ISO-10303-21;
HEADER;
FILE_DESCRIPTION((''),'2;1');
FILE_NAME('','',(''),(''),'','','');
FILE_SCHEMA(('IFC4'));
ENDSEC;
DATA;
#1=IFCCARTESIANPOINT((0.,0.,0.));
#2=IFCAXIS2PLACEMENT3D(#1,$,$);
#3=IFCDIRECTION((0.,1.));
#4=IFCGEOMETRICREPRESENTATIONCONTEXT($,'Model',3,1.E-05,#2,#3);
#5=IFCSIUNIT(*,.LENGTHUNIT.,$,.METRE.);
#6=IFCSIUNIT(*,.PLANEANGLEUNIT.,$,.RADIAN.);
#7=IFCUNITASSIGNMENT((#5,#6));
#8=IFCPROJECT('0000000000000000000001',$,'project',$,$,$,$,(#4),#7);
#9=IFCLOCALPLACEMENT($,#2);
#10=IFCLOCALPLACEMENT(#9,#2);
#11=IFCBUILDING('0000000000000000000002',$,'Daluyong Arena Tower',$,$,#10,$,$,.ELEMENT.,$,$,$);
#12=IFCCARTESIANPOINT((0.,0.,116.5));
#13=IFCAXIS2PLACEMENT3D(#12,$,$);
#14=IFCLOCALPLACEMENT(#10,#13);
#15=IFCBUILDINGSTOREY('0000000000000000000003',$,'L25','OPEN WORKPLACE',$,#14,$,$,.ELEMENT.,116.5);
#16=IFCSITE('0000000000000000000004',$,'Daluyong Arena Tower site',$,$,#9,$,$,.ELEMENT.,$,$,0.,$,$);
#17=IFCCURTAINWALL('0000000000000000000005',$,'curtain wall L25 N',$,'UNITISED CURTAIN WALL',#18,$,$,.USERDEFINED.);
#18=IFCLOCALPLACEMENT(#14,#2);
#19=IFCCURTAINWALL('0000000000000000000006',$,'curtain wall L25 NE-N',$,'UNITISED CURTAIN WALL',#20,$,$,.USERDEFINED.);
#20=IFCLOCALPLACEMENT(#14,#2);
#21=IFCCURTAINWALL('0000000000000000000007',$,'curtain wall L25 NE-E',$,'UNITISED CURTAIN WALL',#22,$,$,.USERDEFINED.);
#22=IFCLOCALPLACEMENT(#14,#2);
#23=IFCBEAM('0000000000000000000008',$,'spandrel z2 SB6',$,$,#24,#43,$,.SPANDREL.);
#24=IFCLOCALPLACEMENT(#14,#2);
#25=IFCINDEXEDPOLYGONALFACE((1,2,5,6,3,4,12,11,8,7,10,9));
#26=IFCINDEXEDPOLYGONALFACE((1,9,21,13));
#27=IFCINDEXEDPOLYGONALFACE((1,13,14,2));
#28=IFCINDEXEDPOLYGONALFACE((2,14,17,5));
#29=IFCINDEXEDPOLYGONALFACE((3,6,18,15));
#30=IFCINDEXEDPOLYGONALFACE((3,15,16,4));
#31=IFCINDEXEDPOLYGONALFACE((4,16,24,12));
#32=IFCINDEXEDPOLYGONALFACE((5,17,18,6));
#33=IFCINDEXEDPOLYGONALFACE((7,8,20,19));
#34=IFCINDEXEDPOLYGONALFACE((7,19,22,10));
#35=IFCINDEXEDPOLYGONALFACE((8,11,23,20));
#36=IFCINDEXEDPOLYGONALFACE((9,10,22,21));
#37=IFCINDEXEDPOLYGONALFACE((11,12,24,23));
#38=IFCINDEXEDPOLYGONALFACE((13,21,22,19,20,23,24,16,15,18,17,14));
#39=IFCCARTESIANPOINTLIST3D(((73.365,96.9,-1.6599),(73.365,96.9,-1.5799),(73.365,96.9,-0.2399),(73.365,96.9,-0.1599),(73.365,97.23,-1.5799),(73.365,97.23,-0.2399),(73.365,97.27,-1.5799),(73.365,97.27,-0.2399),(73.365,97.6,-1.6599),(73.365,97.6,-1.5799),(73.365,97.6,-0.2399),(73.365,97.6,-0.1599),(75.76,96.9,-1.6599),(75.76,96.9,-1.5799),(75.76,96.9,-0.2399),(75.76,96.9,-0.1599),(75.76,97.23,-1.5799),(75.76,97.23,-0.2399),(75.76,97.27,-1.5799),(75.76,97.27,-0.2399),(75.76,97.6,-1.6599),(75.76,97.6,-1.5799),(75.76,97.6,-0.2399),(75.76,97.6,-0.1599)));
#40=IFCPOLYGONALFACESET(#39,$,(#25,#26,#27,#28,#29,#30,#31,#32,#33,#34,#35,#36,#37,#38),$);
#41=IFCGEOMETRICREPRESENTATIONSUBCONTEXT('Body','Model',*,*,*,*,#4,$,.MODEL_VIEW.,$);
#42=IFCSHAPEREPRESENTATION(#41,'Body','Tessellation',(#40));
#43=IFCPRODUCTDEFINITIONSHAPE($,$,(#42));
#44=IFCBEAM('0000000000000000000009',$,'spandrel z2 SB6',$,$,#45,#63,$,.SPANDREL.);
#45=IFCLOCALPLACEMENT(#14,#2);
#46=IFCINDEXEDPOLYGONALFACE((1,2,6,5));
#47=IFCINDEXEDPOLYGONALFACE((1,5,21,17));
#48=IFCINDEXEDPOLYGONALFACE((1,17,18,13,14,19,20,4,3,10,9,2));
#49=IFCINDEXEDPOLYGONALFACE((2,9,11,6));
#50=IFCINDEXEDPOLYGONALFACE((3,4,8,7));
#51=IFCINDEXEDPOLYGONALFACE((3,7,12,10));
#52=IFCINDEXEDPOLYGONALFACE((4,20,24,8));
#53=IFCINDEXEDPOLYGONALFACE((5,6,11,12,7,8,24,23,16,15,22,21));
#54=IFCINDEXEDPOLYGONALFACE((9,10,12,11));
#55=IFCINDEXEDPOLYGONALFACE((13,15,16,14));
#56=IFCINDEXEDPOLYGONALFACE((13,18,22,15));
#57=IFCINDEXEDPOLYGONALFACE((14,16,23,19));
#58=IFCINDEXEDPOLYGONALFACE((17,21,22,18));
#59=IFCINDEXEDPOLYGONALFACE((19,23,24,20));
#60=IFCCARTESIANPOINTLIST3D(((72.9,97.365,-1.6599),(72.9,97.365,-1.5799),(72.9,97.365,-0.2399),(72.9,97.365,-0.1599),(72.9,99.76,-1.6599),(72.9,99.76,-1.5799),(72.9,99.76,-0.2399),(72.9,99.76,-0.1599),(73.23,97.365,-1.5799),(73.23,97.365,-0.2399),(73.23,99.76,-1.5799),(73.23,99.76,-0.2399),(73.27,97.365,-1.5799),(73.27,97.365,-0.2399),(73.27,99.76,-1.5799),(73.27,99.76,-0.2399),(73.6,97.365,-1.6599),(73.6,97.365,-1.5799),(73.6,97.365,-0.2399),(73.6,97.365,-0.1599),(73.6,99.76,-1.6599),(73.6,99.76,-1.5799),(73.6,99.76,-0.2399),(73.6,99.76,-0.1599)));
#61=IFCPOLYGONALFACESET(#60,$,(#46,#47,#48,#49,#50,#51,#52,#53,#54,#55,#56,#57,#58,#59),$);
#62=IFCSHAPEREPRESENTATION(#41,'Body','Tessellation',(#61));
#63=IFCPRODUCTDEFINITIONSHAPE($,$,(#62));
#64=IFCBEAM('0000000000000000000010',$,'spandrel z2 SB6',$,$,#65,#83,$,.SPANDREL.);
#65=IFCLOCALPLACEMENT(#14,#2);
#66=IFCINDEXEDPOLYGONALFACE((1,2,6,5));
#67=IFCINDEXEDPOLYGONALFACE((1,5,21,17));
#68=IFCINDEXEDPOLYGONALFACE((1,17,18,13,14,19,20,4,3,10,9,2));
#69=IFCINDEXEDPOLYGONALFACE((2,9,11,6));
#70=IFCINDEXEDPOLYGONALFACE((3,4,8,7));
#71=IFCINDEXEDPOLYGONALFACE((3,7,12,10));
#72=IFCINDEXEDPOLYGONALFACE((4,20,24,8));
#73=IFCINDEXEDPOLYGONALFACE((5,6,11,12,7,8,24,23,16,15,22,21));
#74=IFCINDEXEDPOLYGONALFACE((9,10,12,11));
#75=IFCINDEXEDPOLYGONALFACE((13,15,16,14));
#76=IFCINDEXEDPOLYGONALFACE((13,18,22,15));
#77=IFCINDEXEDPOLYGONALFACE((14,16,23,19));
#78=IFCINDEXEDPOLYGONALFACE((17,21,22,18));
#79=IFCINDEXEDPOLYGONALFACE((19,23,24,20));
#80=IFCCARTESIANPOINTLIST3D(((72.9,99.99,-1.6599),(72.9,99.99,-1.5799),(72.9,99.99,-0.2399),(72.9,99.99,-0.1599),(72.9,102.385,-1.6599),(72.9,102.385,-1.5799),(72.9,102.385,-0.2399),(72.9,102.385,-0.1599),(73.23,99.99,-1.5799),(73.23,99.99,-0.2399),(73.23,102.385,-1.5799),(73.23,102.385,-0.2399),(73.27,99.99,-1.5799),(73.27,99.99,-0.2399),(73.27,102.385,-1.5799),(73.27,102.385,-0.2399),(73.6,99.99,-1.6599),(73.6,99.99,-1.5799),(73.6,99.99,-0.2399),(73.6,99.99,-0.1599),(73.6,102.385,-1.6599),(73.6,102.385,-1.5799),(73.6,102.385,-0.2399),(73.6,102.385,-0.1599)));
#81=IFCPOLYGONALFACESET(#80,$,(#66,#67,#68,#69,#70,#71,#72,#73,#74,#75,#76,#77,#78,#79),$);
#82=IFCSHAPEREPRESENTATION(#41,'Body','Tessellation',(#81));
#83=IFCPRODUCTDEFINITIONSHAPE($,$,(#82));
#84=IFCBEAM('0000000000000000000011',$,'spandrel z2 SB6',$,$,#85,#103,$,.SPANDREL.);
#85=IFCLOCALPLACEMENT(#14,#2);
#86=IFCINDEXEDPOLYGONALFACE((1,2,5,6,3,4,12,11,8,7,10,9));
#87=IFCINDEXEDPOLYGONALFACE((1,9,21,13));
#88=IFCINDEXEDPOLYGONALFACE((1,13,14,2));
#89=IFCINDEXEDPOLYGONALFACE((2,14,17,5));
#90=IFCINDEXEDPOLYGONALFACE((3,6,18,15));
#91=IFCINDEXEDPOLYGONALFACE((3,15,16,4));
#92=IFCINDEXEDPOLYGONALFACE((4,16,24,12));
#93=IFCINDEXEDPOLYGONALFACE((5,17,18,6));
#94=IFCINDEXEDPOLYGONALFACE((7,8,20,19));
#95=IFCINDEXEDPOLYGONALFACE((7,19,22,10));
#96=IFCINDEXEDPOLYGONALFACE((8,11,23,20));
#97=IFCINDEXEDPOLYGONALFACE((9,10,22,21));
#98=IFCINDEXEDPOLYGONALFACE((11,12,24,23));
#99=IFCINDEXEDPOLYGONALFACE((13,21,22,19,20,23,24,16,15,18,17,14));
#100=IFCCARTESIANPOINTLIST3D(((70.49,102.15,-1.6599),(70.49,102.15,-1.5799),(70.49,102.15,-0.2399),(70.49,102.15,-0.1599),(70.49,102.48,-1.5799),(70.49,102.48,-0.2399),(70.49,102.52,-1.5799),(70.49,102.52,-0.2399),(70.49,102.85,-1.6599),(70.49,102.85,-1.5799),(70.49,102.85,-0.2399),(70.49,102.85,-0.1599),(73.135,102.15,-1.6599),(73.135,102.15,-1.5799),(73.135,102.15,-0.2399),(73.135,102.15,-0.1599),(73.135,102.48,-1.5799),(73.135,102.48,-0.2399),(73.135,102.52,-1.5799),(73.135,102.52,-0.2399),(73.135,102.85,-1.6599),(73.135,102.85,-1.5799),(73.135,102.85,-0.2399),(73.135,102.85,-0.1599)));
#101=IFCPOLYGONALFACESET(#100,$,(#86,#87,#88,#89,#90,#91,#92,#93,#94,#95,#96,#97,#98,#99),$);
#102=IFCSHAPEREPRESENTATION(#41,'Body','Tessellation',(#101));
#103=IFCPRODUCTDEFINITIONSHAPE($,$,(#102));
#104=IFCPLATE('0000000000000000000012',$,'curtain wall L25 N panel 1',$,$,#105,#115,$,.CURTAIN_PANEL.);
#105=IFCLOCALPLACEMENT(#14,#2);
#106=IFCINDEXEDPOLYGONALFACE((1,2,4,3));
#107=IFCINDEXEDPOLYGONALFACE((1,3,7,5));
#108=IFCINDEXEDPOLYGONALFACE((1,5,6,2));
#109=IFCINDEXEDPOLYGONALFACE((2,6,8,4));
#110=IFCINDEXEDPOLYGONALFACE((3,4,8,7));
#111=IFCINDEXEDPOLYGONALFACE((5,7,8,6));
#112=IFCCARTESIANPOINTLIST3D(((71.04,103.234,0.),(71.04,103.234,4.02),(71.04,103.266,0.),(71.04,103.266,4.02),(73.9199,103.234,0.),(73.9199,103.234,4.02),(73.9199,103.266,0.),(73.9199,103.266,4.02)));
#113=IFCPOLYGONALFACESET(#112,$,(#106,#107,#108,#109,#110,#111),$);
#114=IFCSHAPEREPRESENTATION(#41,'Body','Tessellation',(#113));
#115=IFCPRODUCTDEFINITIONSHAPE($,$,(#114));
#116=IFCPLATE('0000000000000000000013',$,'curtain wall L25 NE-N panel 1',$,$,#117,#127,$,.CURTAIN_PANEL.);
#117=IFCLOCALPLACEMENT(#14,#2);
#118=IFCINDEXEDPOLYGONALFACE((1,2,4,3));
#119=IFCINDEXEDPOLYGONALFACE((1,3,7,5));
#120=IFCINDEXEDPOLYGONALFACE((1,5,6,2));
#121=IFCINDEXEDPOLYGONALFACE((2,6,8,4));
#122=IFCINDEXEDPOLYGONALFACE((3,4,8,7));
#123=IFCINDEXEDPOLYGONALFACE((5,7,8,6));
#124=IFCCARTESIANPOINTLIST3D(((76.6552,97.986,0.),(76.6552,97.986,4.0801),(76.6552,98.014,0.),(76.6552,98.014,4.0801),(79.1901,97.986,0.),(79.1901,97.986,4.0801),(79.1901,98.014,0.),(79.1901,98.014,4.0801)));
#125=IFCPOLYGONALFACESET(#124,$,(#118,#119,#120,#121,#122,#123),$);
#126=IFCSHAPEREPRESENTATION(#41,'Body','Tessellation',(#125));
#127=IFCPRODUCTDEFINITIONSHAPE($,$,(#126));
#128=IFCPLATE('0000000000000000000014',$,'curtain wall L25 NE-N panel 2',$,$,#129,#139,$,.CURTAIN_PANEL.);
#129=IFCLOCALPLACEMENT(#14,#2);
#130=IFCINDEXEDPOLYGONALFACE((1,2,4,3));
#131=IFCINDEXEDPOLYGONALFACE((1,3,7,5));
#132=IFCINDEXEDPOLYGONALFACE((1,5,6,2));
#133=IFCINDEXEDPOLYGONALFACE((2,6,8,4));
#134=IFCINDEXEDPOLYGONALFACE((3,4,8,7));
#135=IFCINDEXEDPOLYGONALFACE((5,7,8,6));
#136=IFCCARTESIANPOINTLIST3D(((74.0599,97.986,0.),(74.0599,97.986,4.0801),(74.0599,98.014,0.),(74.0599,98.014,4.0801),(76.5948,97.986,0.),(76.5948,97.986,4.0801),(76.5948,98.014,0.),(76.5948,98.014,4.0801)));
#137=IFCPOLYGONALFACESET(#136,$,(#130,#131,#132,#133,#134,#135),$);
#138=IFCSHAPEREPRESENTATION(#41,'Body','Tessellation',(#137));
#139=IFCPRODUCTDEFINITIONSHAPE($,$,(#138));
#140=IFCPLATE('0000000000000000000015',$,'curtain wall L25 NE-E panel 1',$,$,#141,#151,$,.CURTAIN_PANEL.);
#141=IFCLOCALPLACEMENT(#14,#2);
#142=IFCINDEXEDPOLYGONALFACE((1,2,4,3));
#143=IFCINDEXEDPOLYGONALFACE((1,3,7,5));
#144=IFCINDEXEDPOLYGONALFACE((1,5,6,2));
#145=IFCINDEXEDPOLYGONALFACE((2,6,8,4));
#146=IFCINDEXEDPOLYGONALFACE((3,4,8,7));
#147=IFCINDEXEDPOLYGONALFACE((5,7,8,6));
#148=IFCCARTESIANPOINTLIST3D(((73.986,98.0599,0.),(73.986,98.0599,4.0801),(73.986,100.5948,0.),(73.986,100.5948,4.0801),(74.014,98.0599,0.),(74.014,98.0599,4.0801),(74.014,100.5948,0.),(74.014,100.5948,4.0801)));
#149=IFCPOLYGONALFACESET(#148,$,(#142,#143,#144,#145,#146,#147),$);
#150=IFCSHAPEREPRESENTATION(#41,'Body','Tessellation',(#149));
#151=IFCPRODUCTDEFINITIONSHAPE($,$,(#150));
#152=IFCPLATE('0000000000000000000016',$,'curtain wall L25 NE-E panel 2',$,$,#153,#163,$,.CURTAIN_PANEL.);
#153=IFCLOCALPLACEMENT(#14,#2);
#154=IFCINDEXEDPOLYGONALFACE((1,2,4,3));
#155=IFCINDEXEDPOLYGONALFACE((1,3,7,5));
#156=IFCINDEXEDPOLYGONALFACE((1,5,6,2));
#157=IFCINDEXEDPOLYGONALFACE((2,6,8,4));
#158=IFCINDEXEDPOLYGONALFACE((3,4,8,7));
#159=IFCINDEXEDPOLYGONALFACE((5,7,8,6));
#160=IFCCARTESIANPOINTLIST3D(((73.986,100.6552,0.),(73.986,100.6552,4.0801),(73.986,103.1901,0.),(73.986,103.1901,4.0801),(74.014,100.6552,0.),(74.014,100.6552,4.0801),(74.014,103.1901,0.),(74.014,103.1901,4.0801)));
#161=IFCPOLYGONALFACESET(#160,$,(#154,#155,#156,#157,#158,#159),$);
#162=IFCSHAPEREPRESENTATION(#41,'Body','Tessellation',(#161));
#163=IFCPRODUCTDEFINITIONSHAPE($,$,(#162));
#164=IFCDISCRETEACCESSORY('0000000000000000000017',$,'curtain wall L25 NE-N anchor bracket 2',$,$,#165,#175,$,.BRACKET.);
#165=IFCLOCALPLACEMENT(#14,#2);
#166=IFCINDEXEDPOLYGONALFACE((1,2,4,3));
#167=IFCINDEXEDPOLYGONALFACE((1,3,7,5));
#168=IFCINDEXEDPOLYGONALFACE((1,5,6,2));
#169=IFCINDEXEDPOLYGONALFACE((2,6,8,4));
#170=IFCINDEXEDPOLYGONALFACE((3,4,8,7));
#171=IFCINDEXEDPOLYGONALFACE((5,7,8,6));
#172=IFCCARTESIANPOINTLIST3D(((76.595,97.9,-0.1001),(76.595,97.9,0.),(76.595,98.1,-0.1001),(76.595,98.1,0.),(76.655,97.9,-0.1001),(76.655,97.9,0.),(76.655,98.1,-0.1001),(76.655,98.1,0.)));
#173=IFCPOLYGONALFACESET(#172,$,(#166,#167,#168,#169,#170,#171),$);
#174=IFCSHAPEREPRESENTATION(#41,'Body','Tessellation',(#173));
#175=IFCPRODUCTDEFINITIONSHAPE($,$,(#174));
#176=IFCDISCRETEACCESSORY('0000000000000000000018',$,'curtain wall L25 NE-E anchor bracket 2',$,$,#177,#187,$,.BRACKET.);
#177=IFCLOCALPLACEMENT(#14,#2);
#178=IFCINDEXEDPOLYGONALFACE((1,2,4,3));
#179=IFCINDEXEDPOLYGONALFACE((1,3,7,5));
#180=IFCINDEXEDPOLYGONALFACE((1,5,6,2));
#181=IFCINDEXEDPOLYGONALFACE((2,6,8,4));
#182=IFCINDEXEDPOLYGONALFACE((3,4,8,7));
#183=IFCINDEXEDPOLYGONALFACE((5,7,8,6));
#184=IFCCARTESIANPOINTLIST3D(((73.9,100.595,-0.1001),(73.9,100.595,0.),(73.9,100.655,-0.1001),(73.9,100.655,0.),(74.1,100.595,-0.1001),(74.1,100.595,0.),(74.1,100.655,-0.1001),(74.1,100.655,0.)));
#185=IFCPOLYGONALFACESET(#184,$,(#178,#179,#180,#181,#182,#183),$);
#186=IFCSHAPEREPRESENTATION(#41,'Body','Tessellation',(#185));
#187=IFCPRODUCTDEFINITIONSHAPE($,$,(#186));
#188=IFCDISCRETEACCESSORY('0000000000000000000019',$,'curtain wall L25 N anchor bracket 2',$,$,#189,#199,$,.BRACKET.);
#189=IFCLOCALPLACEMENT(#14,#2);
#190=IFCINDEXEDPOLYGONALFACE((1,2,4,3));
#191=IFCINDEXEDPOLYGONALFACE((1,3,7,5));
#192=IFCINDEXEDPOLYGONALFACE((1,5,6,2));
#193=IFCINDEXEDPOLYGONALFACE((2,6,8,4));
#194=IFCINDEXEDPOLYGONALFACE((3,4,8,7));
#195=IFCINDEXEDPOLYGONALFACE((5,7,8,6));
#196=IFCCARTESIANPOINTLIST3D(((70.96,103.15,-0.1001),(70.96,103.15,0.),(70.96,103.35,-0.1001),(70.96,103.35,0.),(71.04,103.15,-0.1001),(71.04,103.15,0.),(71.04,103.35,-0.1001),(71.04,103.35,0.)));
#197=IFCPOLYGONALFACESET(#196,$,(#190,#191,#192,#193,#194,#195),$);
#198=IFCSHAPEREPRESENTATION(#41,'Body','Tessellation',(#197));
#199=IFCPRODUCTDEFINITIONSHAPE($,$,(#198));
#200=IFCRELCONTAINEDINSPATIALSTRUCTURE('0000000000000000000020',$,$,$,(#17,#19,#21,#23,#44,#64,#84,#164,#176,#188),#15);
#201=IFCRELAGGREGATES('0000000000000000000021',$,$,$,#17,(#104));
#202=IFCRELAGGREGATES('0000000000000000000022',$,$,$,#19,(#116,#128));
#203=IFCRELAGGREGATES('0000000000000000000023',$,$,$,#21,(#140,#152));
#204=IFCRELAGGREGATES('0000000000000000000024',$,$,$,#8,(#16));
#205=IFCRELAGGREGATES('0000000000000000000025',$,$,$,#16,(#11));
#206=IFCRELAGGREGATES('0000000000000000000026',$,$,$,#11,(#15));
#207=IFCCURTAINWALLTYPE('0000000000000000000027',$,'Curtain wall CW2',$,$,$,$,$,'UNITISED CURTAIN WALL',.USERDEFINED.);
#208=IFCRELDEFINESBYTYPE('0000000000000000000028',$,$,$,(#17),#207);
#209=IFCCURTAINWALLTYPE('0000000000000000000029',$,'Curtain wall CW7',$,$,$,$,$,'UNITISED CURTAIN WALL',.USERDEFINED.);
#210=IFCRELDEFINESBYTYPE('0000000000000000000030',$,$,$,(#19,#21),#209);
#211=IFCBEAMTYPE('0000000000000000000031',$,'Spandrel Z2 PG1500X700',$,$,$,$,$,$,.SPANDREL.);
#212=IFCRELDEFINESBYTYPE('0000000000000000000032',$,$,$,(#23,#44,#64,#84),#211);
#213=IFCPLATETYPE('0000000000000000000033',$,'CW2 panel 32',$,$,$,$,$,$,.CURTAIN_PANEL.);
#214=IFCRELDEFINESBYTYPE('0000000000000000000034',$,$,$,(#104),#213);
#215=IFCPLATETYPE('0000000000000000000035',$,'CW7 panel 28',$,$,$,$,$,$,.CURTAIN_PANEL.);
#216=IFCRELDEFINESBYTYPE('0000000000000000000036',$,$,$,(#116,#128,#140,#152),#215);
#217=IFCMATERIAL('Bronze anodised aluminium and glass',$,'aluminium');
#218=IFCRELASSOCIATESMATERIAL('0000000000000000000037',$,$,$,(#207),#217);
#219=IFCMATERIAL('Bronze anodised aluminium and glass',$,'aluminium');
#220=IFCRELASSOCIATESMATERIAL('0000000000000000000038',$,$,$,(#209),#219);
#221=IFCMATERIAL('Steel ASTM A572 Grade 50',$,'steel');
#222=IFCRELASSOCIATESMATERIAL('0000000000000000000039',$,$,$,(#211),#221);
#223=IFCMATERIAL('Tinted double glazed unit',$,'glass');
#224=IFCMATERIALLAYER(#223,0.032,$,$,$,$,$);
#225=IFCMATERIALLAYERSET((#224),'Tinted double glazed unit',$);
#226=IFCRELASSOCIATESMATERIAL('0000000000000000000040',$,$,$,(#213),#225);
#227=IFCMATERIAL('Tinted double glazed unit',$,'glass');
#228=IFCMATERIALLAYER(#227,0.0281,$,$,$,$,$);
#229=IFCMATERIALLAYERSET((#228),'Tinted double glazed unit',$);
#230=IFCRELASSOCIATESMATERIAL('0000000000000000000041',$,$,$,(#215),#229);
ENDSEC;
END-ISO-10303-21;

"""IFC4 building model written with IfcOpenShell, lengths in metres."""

from ifc_helpers import new_model, si_unit, direction, frame, origin, origin_2d, place, context, subcontext, project, spatial, rectangle, i_section, extrude, material, layer, layer_set, material_profile, profile_set, type_object, element, aggregate, save


model = new_model("IFC4")

# Units and contexts
model_context = context("Model", 3, precision=1e-05, world=origin(), true_north=direction((0.0, 1.0)))
body_context = subcontext(model_context, "Body", "Model", "MODEL_VIEW")
ifc_project = project(units=[si_unit("LENGTHUNIT", "METRE"), si_unit("PLANEANGLEUNIT", "RADIAN")], contexts=[model_context])

# Site, building, storey
site_placement = place(None, origin())
site = spatial("IfcSite", under=ifc_project, at=site_placement, Name="Daluyong Arena Tower site", CompositionType="ELEMENT", RefElevation=0.0)
building_placement = place(site_placement, origin())
building = spatial("IfcBuilding", under=site, at=building_placement, Name="Daluyong Arena Tower", CompositionType="ELEMENT")
storey_placement = place(building_placement, frame((0.0, 0.0, 116.5)))
storey = spatial("IfcBuildingStorey", under=building, at=storey_placement, Name="L25", Description="OPEN WORKPLACE", CompositionType="ELEMENT", Elevation=116.5)

# Shared definitions
ifc_material_1 = material(Name="Bronze anodised aluminium and glass", Category="aluminium")
curtain_wall_type_1 = type_object("IfcCurtainWallType", Name="Curtain wall CW2", ElementType="UNITISED CURTAIN WALL", PredefinedType="USERDEFINED", material=ifc_material_1)

# Curtain walls
curtain_wall_1_placement = place(storey_placement, origin())
curtain_wall_1 = element("IfcCurtainWall", 1, at=curtain_wall_1_placement, inside=storey, type_object=curtain_wall_type_1, Name="curtain wall L25 N", ObjectType="UNITISED CURTAIN WALL", PredefinedType="USERDEFINED")
ifc_material_2 = material(Name="Bronze anodised aluminium and glass", Category="aluminium")
curtain_wall_type_2 = type_object("IfcCurtainWallType", Name="Curtain wall CW7", ElementType="UNITISED CURTAIN WALL", PredefinedType="USERDEFINED", material=ifc_material_2)
curtain_wall_2_placement = place(storey_placement, origin())
curtain_wall_2 = element("IfcCurtainWall", 2, at=curtain_wall_2_placement, inside=storey, type_object=curtain_wall_type_2, Name="curtain wall L25 NE-N", ObjectType="UNITISED CURTAIN WALL", PredefinedType="USERDEFINED")
curtain_wall_3_placement = place(storey_placement, origin())
curtain_wall_3 = element("IfcCurtainWall", 3, at=curtain_wall_3_placement, inside=storey, type_object=curtain_wall_type_2, Name="curtain wall L25 NE-E", ObjectType="UNITISED CURTAIN WALL", PredefinedType="USERDEFINED")

# Beams
ifc_material_3 = material(Name="Steel ASTM A572 Grade 50", Category="steel")
ifc_material_profile_1 = material_profile(ifc_material_3, i_section(OverallWidth=0.7, OverallDepth=1.5, WebThickness=0.04, FlangeThickness=0.08, at=origin_2d()))
ifc_profile_set_1 = profile_set([ifc_material_profile_1], Name="Steel ASTM A572 Grade 50")
beam_type_1 = type_object("IfcBeamType", Name="Spandrel Z2 PG1500X700", PredefinedType="SPANDREL", material=ifc_profile_set_1)
for number, where, z_axis, x_axis, name in (
    (4, (75.76, 97.25, -0.9099), (-1.0, 0.0, 0.0), (0.0, -1.0, 0.0), "spandrel z2 SB6"),
    (5, (73.25, 97.365, -0.9099), (0.0, 1.0, 0.0), (-1.0, 0.0, 0.0), "spandrel z2 SB6"),
    (6, (73.25, 99.99, -0.9099), (0.0, 1.0, 0.0), (-1.0, 0.0, 0.0), "spandrel z2 SB6"),
):
    element("IfcBeam", number, at=place(storey_placement, frame(where, z_axis=z_axis, x_axis=x_axis)), inside=storey, type_object=beam_type_1, Name=name, PredefinedType="SPANDREL", context=body_context, shape_type="SweptSolid", body=[
        extrude(i_section(OverallWidth=0.7, OverallDepth=1.5, WebThickness=0.04, FlangeThickness=0.08, at=origin_2d()), origin(), (0.0, 0.0, 1.0), 2.395),
    ])
beam_1_placement = place(storey_placement, frame((73.135, 102.5, -0.9099), z_axis=(-1.0, 0.0, 0.0), x_axis=(0.0, -1.0, 0.0)))
element("IfcBeam", 7, at=beam_1_placement, inside=storey, type_object=beam_type_1, Name="spandrel z2 SB6", PredefinedType="SPANDREL", context=body_context, shape_type="SweptSolid", body=[
    extrude(i_section(OverallWidth=0.7, OverallDepth=1.5, WebThickness=0.04, FlangeThickness=0.08, at=origin_2d()), origin(), (0.0, 0.0, 1.0), 2.645),
])

# Plates
ifc_material_4 = material(Name="Tinted double glazed unit", Category="glass")
ifc_layer_1 = layer(ifc_material_4, 0.032)
ifc_layer_set_1 = layer_set([ifc_layer_1], Name="Tinted double glazed unit")
plate_type_1 = type_object("IfcPlateType", Name="CW2 panel 32", PredefinedType="CURTAIN_PANEL", material=ifc_layer_set_1)
plate_1_placement = place(storey_placement, frame((72.48, 103.25, 0.0), z_axis=(0.0, 0.0, 1.0), x_axis=(-1.0, 0.0, 0.0)))
plate_1 = element("IfcPlate", 8, at=plate_1_placement, type_object=plate_type_1, Name="curtain wall L25 N panel 1", PredefinedType="CURTAIN_PANEL", context=body_context, shape_type="SweptSolid", body=[
    extrude(rectangle(XDim=2.8799, YDim=0.032, at=origin_2d()), origin(), (0.0, 0.0, 1.0), 4.02),
])
aggregate(curtain_wall_1, [plate_1])
ifc_material_5 = material(Name="Tinted double glazed unit", Category="glass")
ifc_layer_2 = layer(ifc_material_5, 0.0281)
ifc_layer_set_2 = layer_set([ifc_layer_2], Name="Tinted double glazed unit")
plate_type_2 = type_object("IfcPlateType", Name="CW7 panel 28", PredefinedType="CURTAIN_PANEL", material=ifc_layer_set_2)
plate_2_placement = place(storey_placement, frame((77.9226, 98.0, 0.0), z_axis=(0.0, 0.0, 1.0), x_axis=(-1.0, 0.0, 0.0)))
plate_2 = element("IfcPlate", 9, at=plate_2_placement, type_object=plate_type_2, Name="curtain wall L25 NE-N panel 1", PredefinedType="CURTAIN_PANEL", context=body_context, shape_type="SweptSolid", body=[
    extrude(rectangle(XDim=2.5349, YDim=0.0281, at=origin_2d()), origin(), (0.0, 0.0, 1.0), 4.0801),
])
plate_3_placement = place(storey_placement, frame((75.3274, 98.0, 0.0), z_axis=(0.0, 0.0, 1.0), x_axis=(-1.0, 0.0, 0.0)))
plate_3 = element("IfcPlate", 10, at=plate_3_placement, type_object=plate_type_2, Name="curtain wall L25 NE-N panel 2", PredefinedType="CURTAIN_PANEL", context=body_context, shape_type="SweptSolid", body=[
    extrude(rectangle(XDim=2.5349, YDim=0.0281, at=origin_2d()), origin(), (0.0, 0.0, 1.0), 4.0801),
])
aggregate(curtain_wall_2, [plate_2, plate_3])
plate_4_placement = place(storey_placement, frame((74.0, 99.3274, 0.0), z_axis=(0.0, 0.0, 1.0), x_axis=(0.0, 1.0, 0.0)))
plate_4 = element("IfcPlate", 11, at=plate_4_placement, type_object=plate_type_2, Name="curtain wall L25 NE-E panel 1", PredefinedType="CURTAIN_PANEL", context=body_context, shape_type="SweptSolid", body=[
    extrude(rectangle(XDim=2.5349, YDim=0.0281, at=origin_2d()), origin(), (0.0, 0.0, 1.0), 4.0801),
])
plate_5_placement = place(storey_placement, frame((74.0, 101.9226, 0.0), z_axis=(0.0, 0.0, 1.0), x_axis=(0.0, 1.0, 0.0)))
plate_5 = element("IfcPlate", 12, at=plate_5_placement, type_object=plate_type_2, Name="curtain wall L25 NE-E panel 2", PredefinedType="CURTAIN_PANEL", context=body_context, shape_type="SweptSolid", body=[
    extrude(rectangle(XDim=2.5349, YDim=0.0281, at=origin_2d()), origin(), (0.0, 0.0, 1.0), 4.0801),
])
aggregate(curtain_wall_3, [plate_4, plate_5])

# Discrete accessories
for number, where, z_axis, x_axis, name in (
    (13, (76.625, 98.0, -0.1001), (0.0, 0.0, 1.0), (-1.0, 0.0, 0.0), "curtain wall L25 NE-N anchor bracket 2"),
    (14, (74.0, 100.625, -0.1001), (0.0, 0.0, 1.0), (0.0, 1.0, 0.0), "curtain wall L25 NE-E anchor bracket 2"),
):
    element("IfcDiscreteAccessory", number, at=place(storey_placement, frame(where, z_axis=z_axis, x_axis=x_axis)), inside=storey, Name=name, PredefinedType="BRACKET", context=body_context, shape_type="SweptSolid", body=[
        extrude(rectangle(XDim=0.0601, YDim=0.2, at=origin_2d()), origin(), (0.0, 0.0, 1.0), 0.1001),
    ])
discrete_accessory_placement = place(storey_placement, frame((71.0, 103.25, -0.1001), z_axis=(0.0, 0.0, 1.0), x_axis=(-1.0, 0.0, 0.0)))
element("IfcDiscreteAccessory", 15, at=discrete_accessory_placement, inside=storey, Name="curtain wall L25 N anchor bracket 2", PredefinedType="BRACKET", context=body_context, shape_type="SweptSolid", body=[
    extrude(rectangle(XDim=0.0801, YDim=0.2, at=origin_2d()), origin(), (0.0, 0.0, 1.0), 0.1001),
])

save(model, "model.ifc")
